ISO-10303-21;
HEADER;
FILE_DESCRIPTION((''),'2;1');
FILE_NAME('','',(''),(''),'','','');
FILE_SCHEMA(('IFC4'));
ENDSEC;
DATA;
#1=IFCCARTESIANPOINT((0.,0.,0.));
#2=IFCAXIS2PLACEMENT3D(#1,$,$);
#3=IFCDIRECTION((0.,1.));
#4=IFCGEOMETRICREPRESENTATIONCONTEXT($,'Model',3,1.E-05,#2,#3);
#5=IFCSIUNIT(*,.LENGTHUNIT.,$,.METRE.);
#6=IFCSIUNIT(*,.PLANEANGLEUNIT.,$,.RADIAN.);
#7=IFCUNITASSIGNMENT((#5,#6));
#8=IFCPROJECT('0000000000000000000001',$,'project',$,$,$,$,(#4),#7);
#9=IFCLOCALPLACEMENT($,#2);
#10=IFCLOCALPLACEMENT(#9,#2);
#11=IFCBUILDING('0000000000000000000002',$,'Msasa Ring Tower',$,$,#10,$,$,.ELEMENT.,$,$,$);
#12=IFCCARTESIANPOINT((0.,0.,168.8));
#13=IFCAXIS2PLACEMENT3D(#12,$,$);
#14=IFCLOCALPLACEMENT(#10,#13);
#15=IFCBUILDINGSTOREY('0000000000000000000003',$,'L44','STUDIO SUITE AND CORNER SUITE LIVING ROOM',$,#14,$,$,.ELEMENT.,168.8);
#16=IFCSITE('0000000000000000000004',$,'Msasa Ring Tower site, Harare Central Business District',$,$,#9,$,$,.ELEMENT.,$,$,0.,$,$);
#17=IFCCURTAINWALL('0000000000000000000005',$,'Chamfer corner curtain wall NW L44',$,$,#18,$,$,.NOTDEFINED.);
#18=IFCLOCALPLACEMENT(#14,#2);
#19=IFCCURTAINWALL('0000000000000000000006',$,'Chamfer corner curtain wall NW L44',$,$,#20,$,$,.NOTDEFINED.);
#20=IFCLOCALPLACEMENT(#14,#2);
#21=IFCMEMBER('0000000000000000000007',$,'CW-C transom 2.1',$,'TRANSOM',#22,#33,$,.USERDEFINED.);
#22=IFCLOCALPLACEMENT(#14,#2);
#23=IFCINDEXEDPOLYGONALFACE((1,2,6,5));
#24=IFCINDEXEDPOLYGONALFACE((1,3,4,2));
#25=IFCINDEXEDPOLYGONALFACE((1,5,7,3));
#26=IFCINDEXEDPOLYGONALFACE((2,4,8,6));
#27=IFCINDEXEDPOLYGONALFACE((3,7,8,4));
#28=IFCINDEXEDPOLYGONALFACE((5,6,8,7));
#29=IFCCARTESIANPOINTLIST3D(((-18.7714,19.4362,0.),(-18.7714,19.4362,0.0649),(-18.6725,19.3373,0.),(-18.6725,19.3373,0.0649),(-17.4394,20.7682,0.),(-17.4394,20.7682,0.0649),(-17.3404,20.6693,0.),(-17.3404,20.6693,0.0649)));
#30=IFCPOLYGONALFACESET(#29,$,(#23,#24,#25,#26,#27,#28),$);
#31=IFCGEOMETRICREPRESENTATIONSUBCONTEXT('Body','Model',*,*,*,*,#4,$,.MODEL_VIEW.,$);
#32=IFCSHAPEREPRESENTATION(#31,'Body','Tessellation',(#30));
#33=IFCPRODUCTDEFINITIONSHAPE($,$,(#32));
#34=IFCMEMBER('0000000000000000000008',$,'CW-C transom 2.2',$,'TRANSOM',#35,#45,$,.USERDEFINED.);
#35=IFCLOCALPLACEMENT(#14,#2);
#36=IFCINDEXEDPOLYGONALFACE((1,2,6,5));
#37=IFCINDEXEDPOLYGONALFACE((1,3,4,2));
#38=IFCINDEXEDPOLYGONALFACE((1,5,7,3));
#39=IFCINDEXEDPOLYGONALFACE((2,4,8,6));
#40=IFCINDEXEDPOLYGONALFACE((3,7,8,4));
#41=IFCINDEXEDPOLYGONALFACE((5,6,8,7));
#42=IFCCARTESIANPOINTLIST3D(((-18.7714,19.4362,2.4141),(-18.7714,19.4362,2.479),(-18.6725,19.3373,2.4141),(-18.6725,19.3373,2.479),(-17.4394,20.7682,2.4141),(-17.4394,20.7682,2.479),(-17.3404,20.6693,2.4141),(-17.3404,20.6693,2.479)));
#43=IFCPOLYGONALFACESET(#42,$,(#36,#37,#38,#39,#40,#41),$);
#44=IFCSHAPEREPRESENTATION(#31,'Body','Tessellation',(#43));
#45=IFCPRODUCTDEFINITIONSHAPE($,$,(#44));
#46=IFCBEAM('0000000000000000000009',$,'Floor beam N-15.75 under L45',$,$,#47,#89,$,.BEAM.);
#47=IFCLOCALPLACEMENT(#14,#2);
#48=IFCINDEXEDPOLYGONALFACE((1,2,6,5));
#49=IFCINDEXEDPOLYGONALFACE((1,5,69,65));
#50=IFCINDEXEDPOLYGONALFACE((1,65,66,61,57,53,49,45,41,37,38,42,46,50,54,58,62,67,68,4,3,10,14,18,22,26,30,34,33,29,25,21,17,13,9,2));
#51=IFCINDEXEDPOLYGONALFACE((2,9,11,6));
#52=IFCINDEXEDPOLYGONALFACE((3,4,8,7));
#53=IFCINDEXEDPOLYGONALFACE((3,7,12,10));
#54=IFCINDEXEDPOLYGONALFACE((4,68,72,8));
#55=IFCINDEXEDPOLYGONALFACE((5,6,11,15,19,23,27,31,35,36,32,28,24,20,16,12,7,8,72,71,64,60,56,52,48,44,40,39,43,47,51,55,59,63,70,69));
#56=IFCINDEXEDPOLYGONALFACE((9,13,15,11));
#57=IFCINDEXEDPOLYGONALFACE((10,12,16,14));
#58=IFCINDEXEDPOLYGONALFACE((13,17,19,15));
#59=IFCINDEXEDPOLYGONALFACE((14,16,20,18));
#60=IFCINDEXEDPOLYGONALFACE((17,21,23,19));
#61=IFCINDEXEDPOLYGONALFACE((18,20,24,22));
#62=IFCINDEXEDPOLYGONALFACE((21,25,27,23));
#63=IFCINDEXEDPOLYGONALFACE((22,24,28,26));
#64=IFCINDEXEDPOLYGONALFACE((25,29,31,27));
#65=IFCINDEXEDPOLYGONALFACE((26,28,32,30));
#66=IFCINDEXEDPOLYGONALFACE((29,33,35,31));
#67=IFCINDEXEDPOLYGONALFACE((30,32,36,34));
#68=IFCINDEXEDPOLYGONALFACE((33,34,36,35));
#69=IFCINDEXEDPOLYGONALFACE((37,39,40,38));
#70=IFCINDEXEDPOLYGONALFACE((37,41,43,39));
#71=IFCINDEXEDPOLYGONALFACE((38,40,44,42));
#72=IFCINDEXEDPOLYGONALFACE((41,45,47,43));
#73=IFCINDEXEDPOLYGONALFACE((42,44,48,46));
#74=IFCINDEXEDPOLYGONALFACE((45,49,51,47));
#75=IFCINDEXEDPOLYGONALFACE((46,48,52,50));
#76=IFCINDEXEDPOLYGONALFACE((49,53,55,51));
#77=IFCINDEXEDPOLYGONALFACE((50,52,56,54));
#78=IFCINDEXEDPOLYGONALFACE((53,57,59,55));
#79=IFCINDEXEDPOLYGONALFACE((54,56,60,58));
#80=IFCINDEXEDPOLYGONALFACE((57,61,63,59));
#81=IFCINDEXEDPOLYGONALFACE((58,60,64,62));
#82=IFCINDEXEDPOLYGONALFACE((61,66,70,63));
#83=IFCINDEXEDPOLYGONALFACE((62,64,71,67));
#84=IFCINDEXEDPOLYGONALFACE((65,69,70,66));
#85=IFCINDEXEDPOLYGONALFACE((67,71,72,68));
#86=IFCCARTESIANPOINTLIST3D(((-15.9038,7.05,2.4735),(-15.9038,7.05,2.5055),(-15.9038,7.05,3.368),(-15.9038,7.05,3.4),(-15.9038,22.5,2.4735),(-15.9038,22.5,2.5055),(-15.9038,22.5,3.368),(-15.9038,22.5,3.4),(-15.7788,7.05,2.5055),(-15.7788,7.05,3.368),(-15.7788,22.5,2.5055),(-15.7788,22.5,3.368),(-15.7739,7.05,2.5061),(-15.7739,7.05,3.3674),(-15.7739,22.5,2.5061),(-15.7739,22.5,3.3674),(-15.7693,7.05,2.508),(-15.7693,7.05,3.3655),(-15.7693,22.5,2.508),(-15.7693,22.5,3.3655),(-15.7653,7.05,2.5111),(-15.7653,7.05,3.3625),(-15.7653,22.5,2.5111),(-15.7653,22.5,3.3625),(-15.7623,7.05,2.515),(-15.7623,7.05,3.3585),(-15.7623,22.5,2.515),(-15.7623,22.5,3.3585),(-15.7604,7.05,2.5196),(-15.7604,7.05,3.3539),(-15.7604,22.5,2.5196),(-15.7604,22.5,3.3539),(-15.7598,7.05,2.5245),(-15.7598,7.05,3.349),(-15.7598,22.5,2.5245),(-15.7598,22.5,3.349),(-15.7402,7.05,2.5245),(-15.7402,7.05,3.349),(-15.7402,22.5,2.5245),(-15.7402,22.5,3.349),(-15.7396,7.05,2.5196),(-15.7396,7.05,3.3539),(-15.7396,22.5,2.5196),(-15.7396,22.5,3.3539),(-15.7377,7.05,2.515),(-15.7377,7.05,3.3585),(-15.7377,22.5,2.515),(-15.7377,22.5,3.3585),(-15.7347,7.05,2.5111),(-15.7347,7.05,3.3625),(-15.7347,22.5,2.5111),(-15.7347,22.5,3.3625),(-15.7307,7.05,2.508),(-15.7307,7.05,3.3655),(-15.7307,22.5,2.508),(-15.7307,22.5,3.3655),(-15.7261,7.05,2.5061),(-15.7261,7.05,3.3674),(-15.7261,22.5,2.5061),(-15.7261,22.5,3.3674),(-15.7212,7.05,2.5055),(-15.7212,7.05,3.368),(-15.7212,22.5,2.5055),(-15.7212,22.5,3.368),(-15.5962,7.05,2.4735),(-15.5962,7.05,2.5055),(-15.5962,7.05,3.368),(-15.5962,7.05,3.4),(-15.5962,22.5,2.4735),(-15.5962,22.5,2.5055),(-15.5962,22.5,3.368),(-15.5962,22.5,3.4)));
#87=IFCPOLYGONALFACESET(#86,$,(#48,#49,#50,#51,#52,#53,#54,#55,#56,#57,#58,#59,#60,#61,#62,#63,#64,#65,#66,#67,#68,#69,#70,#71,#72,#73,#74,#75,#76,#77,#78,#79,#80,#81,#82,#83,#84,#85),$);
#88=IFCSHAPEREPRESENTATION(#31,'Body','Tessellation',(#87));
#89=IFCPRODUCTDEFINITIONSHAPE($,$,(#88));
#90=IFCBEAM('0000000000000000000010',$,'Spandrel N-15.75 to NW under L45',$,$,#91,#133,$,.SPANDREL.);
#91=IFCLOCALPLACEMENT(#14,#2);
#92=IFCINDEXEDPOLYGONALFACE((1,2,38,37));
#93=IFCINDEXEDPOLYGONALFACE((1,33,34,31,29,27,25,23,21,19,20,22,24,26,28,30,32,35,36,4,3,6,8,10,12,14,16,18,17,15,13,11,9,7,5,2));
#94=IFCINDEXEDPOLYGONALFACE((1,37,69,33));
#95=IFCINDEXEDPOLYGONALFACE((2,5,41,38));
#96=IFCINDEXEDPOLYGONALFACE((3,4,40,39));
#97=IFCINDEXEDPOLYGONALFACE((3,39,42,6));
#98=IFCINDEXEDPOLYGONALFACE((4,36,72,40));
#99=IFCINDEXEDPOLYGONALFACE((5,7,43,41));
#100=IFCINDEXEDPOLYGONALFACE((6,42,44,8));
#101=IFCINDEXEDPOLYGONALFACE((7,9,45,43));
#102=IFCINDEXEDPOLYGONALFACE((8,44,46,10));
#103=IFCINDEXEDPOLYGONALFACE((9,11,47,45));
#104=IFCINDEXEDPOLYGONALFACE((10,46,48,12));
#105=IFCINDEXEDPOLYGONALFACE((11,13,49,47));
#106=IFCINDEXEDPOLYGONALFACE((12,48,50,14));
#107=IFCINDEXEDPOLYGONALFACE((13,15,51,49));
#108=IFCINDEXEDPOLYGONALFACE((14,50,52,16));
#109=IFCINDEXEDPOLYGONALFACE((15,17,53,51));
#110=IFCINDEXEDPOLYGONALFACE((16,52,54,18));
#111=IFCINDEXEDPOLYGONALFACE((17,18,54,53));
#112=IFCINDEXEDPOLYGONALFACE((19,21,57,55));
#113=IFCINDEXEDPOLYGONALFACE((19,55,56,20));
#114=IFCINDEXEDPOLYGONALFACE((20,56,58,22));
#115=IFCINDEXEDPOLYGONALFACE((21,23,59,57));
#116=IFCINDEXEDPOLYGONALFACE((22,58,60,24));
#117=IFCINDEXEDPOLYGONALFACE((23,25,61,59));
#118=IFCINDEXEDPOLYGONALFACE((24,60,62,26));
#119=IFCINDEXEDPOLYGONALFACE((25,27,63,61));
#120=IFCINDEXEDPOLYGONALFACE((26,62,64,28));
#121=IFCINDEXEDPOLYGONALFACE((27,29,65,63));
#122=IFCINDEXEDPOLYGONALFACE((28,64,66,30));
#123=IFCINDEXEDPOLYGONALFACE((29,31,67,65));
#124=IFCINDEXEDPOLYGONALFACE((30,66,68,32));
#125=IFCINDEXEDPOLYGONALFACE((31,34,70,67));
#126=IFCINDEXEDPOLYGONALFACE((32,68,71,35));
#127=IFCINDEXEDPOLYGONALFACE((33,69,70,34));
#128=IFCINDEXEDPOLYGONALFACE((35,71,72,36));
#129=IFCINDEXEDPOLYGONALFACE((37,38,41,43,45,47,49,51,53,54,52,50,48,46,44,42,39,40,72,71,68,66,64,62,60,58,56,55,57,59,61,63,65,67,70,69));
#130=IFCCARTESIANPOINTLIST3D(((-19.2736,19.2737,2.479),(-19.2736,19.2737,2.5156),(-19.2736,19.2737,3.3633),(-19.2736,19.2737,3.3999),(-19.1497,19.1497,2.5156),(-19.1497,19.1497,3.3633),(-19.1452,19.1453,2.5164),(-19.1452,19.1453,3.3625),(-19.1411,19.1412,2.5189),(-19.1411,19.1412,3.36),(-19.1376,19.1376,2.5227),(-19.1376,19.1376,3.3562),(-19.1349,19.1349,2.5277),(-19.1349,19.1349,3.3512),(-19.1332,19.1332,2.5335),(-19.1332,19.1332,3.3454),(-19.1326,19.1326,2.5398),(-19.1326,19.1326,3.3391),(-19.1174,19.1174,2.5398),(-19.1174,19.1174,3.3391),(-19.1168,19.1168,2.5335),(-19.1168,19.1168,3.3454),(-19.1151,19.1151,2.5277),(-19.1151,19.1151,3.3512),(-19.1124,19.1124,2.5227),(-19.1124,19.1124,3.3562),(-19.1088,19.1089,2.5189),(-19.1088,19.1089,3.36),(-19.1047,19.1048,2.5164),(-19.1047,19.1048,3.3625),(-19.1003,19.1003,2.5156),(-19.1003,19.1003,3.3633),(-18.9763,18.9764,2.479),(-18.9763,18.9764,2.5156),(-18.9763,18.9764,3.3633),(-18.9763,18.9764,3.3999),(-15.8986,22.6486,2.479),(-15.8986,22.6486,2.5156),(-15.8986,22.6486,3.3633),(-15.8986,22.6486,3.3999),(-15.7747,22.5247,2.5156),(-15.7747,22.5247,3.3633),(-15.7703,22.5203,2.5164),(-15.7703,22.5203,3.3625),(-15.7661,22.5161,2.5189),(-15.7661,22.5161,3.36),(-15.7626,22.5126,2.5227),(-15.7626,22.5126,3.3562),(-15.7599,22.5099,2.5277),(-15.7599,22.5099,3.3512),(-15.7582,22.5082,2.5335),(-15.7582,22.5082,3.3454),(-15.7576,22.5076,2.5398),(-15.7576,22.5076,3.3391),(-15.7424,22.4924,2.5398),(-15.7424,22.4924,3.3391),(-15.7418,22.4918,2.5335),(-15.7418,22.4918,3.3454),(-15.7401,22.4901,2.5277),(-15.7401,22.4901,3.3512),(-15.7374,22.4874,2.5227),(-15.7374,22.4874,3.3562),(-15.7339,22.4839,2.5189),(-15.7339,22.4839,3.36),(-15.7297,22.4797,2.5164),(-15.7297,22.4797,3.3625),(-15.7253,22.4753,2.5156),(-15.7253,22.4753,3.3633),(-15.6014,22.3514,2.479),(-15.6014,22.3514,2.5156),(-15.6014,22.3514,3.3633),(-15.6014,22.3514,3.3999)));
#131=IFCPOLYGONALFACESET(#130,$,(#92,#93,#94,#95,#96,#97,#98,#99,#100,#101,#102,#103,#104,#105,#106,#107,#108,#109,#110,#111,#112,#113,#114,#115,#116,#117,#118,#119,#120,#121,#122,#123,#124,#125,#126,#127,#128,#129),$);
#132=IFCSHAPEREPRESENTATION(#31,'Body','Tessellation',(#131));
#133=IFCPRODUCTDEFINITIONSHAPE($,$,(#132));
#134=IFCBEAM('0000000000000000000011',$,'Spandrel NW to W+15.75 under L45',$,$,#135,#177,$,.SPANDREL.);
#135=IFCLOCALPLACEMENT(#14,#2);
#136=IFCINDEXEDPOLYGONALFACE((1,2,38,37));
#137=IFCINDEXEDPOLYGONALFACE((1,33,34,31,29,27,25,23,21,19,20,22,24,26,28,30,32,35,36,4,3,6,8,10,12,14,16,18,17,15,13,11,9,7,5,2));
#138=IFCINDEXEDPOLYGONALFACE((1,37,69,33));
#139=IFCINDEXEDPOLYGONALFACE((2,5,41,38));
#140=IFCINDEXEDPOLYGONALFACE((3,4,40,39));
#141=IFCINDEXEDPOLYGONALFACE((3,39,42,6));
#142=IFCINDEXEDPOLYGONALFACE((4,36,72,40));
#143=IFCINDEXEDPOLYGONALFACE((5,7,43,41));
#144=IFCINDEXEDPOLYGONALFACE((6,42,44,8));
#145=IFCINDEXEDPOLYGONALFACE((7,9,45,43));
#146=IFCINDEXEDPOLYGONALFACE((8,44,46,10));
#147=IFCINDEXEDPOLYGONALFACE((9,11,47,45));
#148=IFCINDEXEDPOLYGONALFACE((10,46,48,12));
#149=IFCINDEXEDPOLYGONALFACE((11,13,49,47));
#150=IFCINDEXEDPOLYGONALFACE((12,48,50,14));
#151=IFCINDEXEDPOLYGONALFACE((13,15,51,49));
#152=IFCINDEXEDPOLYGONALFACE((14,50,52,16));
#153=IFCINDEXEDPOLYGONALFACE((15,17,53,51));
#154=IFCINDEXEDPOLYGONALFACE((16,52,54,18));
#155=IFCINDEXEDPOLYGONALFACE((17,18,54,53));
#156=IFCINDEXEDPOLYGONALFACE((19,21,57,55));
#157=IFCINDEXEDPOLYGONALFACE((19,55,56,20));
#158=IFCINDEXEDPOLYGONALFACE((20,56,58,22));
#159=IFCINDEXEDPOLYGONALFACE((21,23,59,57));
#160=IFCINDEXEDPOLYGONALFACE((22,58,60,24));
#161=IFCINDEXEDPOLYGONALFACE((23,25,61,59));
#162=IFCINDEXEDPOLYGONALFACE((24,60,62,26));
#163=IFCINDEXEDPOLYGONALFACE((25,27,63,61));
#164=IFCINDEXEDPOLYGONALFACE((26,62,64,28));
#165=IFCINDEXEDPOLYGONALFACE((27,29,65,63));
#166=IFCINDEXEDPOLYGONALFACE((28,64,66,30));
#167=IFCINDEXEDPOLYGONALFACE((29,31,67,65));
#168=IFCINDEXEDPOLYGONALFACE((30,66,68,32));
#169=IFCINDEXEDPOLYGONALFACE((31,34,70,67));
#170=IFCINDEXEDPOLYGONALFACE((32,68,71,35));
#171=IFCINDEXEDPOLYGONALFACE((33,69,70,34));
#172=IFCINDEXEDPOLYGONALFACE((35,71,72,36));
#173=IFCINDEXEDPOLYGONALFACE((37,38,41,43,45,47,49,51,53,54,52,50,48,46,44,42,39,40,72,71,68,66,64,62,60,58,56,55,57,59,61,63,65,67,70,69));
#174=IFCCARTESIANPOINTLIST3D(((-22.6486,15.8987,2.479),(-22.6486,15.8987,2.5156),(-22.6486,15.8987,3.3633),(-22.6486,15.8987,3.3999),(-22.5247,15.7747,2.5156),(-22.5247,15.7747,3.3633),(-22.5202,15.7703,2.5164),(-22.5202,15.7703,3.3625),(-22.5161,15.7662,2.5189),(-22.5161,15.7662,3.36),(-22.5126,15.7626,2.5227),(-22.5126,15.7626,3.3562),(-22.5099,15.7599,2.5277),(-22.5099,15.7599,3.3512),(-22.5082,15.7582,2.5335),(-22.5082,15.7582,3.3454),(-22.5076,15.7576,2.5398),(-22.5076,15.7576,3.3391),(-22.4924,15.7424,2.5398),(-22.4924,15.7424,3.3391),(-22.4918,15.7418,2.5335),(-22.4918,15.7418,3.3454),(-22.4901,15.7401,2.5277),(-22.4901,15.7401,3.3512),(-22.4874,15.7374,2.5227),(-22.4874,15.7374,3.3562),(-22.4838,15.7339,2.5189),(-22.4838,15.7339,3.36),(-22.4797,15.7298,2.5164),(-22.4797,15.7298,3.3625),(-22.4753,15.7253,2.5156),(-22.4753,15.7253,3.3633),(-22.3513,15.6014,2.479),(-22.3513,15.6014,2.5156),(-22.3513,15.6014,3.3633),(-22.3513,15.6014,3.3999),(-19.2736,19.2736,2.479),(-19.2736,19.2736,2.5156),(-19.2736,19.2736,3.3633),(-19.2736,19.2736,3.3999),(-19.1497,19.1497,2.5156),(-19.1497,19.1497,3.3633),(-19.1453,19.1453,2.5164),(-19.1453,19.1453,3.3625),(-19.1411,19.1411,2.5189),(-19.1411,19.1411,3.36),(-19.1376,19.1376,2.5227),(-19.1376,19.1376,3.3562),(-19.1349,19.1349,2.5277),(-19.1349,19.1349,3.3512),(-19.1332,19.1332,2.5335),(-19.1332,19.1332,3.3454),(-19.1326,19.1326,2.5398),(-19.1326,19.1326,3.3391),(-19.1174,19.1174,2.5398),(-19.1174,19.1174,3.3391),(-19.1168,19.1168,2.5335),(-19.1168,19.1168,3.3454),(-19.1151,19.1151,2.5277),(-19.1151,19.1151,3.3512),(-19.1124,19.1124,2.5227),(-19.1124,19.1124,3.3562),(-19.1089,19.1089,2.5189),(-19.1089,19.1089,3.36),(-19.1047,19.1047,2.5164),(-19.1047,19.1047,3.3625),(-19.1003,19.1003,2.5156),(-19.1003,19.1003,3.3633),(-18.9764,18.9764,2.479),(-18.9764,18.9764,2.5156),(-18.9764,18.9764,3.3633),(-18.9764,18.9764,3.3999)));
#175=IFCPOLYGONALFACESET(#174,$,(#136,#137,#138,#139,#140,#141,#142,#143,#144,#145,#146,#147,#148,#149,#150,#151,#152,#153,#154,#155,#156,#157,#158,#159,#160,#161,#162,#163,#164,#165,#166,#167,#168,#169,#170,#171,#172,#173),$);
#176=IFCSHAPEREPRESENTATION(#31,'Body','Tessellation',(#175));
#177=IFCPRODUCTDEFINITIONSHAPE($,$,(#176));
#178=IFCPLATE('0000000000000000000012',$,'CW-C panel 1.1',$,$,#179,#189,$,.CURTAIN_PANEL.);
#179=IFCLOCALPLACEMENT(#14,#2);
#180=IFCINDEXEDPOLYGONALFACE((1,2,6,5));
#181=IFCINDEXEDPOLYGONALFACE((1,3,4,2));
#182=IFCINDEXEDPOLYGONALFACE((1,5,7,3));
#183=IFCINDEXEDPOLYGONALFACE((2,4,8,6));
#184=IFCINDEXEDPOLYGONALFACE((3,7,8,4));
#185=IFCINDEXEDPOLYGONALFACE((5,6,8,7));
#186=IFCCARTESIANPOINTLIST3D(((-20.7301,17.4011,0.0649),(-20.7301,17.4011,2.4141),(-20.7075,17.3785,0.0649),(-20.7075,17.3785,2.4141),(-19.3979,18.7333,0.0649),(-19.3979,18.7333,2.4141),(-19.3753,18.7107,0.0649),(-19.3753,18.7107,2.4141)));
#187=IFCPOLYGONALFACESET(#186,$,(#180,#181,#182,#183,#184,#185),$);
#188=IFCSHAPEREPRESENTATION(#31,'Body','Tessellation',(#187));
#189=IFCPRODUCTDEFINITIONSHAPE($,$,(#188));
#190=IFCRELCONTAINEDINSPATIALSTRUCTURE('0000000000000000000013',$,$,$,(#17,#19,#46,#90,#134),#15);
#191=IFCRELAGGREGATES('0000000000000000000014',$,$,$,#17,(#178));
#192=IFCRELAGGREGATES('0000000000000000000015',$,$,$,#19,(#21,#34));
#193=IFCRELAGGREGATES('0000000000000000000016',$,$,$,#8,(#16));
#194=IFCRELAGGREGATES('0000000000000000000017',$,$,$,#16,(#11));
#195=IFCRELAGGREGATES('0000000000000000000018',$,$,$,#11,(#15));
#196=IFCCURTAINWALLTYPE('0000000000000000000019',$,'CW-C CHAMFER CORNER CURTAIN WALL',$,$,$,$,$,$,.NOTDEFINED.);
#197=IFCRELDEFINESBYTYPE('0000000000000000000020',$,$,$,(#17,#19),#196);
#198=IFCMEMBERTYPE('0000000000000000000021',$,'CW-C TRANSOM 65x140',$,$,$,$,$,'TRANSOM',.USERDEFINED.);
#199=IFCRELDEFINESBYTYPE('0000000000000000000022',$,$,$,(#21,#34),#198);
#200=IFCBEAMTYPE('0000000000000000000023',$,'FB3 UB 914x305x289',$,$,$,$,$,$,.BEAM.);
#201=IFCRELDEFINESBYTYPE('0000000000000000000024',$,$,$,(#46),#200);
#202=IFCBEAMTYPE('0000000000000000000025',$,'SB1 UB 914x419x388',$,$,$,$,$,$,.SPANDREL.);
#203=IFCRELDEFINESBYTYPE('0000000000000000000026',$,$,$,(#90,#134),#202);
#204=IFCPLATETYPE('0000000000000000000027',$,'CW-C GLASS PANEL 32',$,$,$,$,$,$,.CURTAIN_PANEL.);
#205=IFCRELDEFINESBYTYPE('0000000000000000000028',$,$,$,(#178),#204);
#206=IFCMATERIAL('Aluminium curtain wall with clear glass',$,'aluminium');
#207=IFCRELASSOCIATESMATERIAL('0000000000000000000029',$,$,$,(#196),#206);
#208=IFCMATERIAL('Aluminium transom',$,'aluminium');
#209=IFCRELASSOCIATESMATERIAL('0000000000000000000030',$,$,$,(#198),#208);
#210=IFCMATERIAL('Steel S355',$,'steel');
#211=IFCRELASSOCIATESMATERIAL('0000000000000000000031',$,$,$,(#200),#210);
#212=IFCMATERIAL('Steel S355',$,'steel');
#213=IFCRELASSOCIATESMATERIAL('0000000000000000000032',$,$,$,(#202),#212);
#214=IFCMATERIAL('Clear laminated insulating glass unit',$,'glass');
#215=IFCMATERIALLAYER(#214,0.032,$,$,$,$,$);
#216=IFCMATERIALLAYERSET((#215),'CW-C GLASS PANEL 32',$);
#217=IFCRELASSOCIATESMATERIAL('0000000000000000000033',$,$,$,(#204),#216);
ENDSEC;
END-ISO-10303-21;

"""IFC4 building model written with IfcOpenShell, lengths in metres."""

from ifc_helpers import new_model, si_unit, direction, frame, origin, origin_2d, place, context, subcontext, project, spatial, rectangle, i_section, extrude, material, layer, layer_set, material_profile, profile_set, type_object, element, aggregate, save


model = new_model("IFC4")

# Units and contexts
model_context = context("Model", 3, precision=1e-05, world=origin(), true_north=direction((0.0, 1.0)))
body_context = subcontext(model_context, "Body", "Model", "MODEL_VIEW")
ifc_project = project(units=[si_unit("LENGTHUNIT", "METRE"), si_unit("PLANEANGLEUNIT", "RADIAN")], contexts=[model_context])

# Site, building, storey
site_placement = place(None, origin())
site = spatial("IfcSite", under=ifc_project, at=site_placement, Name="Msasa Ring Tower site, Harare Central Business District", CompositionType="ELEMENT", RefElevation=0.0)
building_placement = place(site_placement, origin())
building = spatial("IfcBuilding", under=site, at=building_placement, Name="Msasa Ring Tower", CompositionType="ELEMENT")
storey_placement = place(building_placement, frame((0.0, 0.0, 168.8)))
storey = spatial("IfcBuildingStorey", under=building, at=storey_placement, Name="L44", Description="STUDIO SUITE AND CORNER SUITE LIVING ROOM", CompositionType="ELEMENT", Elevation=168.8)

# Curtain walls
ifc_material_1 = material(Name="Aluminium curtain wall with clear glass", Category="aluminium")
curtain_wall_type = type_object("IfcCurtainWallType", Name="CW-C CHAMFER CORNER CURTAIN WALL", PredefinedType="NOTDEFINED", material=ifc_material_1)
curtain_wall_1_placement = place(storey_placement, origin())
curtain_wall_1 = element("IfcCurtainWall", 1, at=curtain_wall_1_placement, inside=storey, type_object=curtain_wall_type, Name="Chamfer corner curtain wall NW L44", PredefinedType="NOTDEFINED")
curtain_wall_2_placement = place(storey_placement, origin())
curtain_wall_2 = element("IfcCurtainWall", 2, at=curtain_wall_2_placement, inside=storey, type_object=curtain_wall_type, Name="Chamfer corner curtain wall NW L44", PredefinedType="NOTDEFINED")

# Members
ifc_material_2 = material(Name="Aluminium transom", Category="aluminium")
ifc_material_profile_1 = material_profile(ifc_material_2, rectangle(XDim=0.1399, YDim=0.0649, at=origin_2d()), Name="AL 65x140")
ifc_profile_set_1 = profile_set([ifc_material_profile_1], Name="Aluminium transom")
member_type_1 = type_object("IfcMemberType", Name="CW-C TRANSOM 65x140", ElementType="TRANSOM", PredefinedType="USERDEFINED", material=ifc_profile_set_1)
member_1_placement = place(storey_placement, frame((-17.3899, 20.7188, 0.0325), z_axis=(-0.707107, -0.707107, 0.0), x_axis=(0.707107, -0.707107, 0.0)))
member_1 = element("IfcMember", 3, at=member_1_placement, type_object=member_type_1, Name="CW-C transom 2.1", ObjectType="TRANSOM", PredefinedType="USERDEFINED", context=body_context, shape_type="SweptSolid", body=[
    extrude(rectangle(XDim=0.1399, YDim=0.0649, at=origin_2d()), origin(), (0.0, 0.0, 1.0), 1.8838),
])
member_2_placement = place(storey_placement, frame((-17.3899, 20.7188, 2.4465), z_axis=(-0.707107, -0.707107, 0.0), x_axis=(0.707107, -0.707107, 0.0)))
member_2 = element("IfcMember", 4, at=member_2_placement, type_object=member_type_1, Name="CW-C transom 2.2", ObjectType="TRANSOM", PredefinedType="USERDEFINED", context=body_context, shape_type="SweptSolid", body=[
    extrude(rectangle(XDim=0.1399, YDim=0.0649, at=origin_2d()), origin(), (0.0, 0.0, 1.0), 1.8838),
])

# Beams
ifc_material_3 = material(Name="Steel S355", Category="steel")
ifc_material_profile_2 = material_profile(ifc_material_3, i_section(OverallWidth=0.3076, OverallDepth=0.9265, WebThickness=0.0195, FlangeThickness=0.032, FilletRadius=0.019, at=origin_2d()), Name="UB 914x305x289")
ifc_profile_set_2 = profile_set([ifc_material_profile_2], Name="Steel S355")
beam_type_1 = type_object("IfcBeamType", Name="FB3 UB 914x305x289", PredefinedType="BEAM", material=ifc_profile_set_2)
beam_placement = place(storey_placement, frame((-15.75, 22.5, 2.9368), z_axis=(0.0, -1.0, 0.0), x_axis=(1.0, 0.0, 0.0)))
element("IfcBeam", 5, at=beam_placement, inside=storey, type_object=beam_type_1, Name="Floor beam N-15.75 under L45", PredefinedType="BEAM", context=body_context, shape_type="SweptSolid", body=[
    extrude(i_section(OverallWidth=0.3076, OverallDepth=0.9265, WebThickness=0.0195, FlangeThickness=0.032, FilletRadius=0.019, at=origin_2d()), origin(), (0.0, 0.0, 1.0), 15.45),
])
ifc_material_4 = material(Name="Steel S355", Category="steel")
ifc_material_profile_3 = material_profile(ifc_material_4, i_section(OverallWidth=0.4204, OverallDepth=0.9209, WebThickness=0.0215, FlangeThickness=0.0366, FilletRadius=0.0242, at=origin_2d()), Name="UB 914x419x388")
ifc_profile_set_3 = profile_set([ifc_material_profile_3], Name="Steel S355")
beam_type_2 = type_object("IfcBeamType", Name="SB1 UB 914x419x388", PredefinedType="SPANDREL", material=ifc_profile_set_3)
for number, where, z_axis, x_axis, name in (
    (6, (-15.75, 22.5, 2.9395), (-0.707107, -0.707107, 0.0), (0.707107, -0.707107, 0.0), "Spandrel N-15.75 to NW under L45"),
    (7, (-19.125, 19.125, 2.9395), (-0.707107, -0.707107, 0.0), (0.707107, -0.707107, 0.0), "Spandrel NW to W+15.75 under L45"),
):
    element("IfcBeam", number, at=place(storey_placement, frame(where, z_axis=z_axis, x_axis=x_axis)), inside=storey, type_object=beam_type_2, Name=name, PredefinedType="SPANDREL", context=body_context, shape_type="SweptSolid", body=[
        extrude(i_section(OverallWidth=0.4204, OverallDepth=0.9209, WebThickness=0.0215, FlangeThickness=0.0366, FilletRadius=0.0242, at=origin_2d()), origin(), (0.0, 0.0, 1.0), 4.7729),
    ])

# Plate
ifc_material_5 = material(Name="Clear laminated insulating glass unit", Category="glass")
ifc_layer_1 = layer(ifc_material_5, 0.032)
ifc_layer_set_1 = layer_set([ifc_layer_1], Name="CW-C GLASS PANEL 32")
plate_type = type_object("IfcPlateType", Name="CW-C GLASS PANEL 32", PredefinedType="CURTAIN_PANEL", material=ifc_layer_set_1)
plate_1_placement = place(storey_placement, frame((-20.0527, 18.0559, 0.0649), z_axis=(0.0, 0.0, 1.0), x_axis=(-0.707107, -0.707107, 0.0)))
plate_1 = element("IfcPlate", 8, at=plate_1_placement, type_object=plate_type, Name="CW-C panel 1.1", PredefinedType="CURTAIN_PANEL", context=body_context, shape_type="SweptSolid", body=[
    extrude(rectangle(XDim=1.884, YDim=0.032, at=origin_2d()), origin(), (0.0, 0.0, 1.0), 2.3491),
])
aggregate(curtain_wall_1, [plate_1])
aggregate(curtain_wall_2, [member_1, member_2])

save(model, "model.ifc")
